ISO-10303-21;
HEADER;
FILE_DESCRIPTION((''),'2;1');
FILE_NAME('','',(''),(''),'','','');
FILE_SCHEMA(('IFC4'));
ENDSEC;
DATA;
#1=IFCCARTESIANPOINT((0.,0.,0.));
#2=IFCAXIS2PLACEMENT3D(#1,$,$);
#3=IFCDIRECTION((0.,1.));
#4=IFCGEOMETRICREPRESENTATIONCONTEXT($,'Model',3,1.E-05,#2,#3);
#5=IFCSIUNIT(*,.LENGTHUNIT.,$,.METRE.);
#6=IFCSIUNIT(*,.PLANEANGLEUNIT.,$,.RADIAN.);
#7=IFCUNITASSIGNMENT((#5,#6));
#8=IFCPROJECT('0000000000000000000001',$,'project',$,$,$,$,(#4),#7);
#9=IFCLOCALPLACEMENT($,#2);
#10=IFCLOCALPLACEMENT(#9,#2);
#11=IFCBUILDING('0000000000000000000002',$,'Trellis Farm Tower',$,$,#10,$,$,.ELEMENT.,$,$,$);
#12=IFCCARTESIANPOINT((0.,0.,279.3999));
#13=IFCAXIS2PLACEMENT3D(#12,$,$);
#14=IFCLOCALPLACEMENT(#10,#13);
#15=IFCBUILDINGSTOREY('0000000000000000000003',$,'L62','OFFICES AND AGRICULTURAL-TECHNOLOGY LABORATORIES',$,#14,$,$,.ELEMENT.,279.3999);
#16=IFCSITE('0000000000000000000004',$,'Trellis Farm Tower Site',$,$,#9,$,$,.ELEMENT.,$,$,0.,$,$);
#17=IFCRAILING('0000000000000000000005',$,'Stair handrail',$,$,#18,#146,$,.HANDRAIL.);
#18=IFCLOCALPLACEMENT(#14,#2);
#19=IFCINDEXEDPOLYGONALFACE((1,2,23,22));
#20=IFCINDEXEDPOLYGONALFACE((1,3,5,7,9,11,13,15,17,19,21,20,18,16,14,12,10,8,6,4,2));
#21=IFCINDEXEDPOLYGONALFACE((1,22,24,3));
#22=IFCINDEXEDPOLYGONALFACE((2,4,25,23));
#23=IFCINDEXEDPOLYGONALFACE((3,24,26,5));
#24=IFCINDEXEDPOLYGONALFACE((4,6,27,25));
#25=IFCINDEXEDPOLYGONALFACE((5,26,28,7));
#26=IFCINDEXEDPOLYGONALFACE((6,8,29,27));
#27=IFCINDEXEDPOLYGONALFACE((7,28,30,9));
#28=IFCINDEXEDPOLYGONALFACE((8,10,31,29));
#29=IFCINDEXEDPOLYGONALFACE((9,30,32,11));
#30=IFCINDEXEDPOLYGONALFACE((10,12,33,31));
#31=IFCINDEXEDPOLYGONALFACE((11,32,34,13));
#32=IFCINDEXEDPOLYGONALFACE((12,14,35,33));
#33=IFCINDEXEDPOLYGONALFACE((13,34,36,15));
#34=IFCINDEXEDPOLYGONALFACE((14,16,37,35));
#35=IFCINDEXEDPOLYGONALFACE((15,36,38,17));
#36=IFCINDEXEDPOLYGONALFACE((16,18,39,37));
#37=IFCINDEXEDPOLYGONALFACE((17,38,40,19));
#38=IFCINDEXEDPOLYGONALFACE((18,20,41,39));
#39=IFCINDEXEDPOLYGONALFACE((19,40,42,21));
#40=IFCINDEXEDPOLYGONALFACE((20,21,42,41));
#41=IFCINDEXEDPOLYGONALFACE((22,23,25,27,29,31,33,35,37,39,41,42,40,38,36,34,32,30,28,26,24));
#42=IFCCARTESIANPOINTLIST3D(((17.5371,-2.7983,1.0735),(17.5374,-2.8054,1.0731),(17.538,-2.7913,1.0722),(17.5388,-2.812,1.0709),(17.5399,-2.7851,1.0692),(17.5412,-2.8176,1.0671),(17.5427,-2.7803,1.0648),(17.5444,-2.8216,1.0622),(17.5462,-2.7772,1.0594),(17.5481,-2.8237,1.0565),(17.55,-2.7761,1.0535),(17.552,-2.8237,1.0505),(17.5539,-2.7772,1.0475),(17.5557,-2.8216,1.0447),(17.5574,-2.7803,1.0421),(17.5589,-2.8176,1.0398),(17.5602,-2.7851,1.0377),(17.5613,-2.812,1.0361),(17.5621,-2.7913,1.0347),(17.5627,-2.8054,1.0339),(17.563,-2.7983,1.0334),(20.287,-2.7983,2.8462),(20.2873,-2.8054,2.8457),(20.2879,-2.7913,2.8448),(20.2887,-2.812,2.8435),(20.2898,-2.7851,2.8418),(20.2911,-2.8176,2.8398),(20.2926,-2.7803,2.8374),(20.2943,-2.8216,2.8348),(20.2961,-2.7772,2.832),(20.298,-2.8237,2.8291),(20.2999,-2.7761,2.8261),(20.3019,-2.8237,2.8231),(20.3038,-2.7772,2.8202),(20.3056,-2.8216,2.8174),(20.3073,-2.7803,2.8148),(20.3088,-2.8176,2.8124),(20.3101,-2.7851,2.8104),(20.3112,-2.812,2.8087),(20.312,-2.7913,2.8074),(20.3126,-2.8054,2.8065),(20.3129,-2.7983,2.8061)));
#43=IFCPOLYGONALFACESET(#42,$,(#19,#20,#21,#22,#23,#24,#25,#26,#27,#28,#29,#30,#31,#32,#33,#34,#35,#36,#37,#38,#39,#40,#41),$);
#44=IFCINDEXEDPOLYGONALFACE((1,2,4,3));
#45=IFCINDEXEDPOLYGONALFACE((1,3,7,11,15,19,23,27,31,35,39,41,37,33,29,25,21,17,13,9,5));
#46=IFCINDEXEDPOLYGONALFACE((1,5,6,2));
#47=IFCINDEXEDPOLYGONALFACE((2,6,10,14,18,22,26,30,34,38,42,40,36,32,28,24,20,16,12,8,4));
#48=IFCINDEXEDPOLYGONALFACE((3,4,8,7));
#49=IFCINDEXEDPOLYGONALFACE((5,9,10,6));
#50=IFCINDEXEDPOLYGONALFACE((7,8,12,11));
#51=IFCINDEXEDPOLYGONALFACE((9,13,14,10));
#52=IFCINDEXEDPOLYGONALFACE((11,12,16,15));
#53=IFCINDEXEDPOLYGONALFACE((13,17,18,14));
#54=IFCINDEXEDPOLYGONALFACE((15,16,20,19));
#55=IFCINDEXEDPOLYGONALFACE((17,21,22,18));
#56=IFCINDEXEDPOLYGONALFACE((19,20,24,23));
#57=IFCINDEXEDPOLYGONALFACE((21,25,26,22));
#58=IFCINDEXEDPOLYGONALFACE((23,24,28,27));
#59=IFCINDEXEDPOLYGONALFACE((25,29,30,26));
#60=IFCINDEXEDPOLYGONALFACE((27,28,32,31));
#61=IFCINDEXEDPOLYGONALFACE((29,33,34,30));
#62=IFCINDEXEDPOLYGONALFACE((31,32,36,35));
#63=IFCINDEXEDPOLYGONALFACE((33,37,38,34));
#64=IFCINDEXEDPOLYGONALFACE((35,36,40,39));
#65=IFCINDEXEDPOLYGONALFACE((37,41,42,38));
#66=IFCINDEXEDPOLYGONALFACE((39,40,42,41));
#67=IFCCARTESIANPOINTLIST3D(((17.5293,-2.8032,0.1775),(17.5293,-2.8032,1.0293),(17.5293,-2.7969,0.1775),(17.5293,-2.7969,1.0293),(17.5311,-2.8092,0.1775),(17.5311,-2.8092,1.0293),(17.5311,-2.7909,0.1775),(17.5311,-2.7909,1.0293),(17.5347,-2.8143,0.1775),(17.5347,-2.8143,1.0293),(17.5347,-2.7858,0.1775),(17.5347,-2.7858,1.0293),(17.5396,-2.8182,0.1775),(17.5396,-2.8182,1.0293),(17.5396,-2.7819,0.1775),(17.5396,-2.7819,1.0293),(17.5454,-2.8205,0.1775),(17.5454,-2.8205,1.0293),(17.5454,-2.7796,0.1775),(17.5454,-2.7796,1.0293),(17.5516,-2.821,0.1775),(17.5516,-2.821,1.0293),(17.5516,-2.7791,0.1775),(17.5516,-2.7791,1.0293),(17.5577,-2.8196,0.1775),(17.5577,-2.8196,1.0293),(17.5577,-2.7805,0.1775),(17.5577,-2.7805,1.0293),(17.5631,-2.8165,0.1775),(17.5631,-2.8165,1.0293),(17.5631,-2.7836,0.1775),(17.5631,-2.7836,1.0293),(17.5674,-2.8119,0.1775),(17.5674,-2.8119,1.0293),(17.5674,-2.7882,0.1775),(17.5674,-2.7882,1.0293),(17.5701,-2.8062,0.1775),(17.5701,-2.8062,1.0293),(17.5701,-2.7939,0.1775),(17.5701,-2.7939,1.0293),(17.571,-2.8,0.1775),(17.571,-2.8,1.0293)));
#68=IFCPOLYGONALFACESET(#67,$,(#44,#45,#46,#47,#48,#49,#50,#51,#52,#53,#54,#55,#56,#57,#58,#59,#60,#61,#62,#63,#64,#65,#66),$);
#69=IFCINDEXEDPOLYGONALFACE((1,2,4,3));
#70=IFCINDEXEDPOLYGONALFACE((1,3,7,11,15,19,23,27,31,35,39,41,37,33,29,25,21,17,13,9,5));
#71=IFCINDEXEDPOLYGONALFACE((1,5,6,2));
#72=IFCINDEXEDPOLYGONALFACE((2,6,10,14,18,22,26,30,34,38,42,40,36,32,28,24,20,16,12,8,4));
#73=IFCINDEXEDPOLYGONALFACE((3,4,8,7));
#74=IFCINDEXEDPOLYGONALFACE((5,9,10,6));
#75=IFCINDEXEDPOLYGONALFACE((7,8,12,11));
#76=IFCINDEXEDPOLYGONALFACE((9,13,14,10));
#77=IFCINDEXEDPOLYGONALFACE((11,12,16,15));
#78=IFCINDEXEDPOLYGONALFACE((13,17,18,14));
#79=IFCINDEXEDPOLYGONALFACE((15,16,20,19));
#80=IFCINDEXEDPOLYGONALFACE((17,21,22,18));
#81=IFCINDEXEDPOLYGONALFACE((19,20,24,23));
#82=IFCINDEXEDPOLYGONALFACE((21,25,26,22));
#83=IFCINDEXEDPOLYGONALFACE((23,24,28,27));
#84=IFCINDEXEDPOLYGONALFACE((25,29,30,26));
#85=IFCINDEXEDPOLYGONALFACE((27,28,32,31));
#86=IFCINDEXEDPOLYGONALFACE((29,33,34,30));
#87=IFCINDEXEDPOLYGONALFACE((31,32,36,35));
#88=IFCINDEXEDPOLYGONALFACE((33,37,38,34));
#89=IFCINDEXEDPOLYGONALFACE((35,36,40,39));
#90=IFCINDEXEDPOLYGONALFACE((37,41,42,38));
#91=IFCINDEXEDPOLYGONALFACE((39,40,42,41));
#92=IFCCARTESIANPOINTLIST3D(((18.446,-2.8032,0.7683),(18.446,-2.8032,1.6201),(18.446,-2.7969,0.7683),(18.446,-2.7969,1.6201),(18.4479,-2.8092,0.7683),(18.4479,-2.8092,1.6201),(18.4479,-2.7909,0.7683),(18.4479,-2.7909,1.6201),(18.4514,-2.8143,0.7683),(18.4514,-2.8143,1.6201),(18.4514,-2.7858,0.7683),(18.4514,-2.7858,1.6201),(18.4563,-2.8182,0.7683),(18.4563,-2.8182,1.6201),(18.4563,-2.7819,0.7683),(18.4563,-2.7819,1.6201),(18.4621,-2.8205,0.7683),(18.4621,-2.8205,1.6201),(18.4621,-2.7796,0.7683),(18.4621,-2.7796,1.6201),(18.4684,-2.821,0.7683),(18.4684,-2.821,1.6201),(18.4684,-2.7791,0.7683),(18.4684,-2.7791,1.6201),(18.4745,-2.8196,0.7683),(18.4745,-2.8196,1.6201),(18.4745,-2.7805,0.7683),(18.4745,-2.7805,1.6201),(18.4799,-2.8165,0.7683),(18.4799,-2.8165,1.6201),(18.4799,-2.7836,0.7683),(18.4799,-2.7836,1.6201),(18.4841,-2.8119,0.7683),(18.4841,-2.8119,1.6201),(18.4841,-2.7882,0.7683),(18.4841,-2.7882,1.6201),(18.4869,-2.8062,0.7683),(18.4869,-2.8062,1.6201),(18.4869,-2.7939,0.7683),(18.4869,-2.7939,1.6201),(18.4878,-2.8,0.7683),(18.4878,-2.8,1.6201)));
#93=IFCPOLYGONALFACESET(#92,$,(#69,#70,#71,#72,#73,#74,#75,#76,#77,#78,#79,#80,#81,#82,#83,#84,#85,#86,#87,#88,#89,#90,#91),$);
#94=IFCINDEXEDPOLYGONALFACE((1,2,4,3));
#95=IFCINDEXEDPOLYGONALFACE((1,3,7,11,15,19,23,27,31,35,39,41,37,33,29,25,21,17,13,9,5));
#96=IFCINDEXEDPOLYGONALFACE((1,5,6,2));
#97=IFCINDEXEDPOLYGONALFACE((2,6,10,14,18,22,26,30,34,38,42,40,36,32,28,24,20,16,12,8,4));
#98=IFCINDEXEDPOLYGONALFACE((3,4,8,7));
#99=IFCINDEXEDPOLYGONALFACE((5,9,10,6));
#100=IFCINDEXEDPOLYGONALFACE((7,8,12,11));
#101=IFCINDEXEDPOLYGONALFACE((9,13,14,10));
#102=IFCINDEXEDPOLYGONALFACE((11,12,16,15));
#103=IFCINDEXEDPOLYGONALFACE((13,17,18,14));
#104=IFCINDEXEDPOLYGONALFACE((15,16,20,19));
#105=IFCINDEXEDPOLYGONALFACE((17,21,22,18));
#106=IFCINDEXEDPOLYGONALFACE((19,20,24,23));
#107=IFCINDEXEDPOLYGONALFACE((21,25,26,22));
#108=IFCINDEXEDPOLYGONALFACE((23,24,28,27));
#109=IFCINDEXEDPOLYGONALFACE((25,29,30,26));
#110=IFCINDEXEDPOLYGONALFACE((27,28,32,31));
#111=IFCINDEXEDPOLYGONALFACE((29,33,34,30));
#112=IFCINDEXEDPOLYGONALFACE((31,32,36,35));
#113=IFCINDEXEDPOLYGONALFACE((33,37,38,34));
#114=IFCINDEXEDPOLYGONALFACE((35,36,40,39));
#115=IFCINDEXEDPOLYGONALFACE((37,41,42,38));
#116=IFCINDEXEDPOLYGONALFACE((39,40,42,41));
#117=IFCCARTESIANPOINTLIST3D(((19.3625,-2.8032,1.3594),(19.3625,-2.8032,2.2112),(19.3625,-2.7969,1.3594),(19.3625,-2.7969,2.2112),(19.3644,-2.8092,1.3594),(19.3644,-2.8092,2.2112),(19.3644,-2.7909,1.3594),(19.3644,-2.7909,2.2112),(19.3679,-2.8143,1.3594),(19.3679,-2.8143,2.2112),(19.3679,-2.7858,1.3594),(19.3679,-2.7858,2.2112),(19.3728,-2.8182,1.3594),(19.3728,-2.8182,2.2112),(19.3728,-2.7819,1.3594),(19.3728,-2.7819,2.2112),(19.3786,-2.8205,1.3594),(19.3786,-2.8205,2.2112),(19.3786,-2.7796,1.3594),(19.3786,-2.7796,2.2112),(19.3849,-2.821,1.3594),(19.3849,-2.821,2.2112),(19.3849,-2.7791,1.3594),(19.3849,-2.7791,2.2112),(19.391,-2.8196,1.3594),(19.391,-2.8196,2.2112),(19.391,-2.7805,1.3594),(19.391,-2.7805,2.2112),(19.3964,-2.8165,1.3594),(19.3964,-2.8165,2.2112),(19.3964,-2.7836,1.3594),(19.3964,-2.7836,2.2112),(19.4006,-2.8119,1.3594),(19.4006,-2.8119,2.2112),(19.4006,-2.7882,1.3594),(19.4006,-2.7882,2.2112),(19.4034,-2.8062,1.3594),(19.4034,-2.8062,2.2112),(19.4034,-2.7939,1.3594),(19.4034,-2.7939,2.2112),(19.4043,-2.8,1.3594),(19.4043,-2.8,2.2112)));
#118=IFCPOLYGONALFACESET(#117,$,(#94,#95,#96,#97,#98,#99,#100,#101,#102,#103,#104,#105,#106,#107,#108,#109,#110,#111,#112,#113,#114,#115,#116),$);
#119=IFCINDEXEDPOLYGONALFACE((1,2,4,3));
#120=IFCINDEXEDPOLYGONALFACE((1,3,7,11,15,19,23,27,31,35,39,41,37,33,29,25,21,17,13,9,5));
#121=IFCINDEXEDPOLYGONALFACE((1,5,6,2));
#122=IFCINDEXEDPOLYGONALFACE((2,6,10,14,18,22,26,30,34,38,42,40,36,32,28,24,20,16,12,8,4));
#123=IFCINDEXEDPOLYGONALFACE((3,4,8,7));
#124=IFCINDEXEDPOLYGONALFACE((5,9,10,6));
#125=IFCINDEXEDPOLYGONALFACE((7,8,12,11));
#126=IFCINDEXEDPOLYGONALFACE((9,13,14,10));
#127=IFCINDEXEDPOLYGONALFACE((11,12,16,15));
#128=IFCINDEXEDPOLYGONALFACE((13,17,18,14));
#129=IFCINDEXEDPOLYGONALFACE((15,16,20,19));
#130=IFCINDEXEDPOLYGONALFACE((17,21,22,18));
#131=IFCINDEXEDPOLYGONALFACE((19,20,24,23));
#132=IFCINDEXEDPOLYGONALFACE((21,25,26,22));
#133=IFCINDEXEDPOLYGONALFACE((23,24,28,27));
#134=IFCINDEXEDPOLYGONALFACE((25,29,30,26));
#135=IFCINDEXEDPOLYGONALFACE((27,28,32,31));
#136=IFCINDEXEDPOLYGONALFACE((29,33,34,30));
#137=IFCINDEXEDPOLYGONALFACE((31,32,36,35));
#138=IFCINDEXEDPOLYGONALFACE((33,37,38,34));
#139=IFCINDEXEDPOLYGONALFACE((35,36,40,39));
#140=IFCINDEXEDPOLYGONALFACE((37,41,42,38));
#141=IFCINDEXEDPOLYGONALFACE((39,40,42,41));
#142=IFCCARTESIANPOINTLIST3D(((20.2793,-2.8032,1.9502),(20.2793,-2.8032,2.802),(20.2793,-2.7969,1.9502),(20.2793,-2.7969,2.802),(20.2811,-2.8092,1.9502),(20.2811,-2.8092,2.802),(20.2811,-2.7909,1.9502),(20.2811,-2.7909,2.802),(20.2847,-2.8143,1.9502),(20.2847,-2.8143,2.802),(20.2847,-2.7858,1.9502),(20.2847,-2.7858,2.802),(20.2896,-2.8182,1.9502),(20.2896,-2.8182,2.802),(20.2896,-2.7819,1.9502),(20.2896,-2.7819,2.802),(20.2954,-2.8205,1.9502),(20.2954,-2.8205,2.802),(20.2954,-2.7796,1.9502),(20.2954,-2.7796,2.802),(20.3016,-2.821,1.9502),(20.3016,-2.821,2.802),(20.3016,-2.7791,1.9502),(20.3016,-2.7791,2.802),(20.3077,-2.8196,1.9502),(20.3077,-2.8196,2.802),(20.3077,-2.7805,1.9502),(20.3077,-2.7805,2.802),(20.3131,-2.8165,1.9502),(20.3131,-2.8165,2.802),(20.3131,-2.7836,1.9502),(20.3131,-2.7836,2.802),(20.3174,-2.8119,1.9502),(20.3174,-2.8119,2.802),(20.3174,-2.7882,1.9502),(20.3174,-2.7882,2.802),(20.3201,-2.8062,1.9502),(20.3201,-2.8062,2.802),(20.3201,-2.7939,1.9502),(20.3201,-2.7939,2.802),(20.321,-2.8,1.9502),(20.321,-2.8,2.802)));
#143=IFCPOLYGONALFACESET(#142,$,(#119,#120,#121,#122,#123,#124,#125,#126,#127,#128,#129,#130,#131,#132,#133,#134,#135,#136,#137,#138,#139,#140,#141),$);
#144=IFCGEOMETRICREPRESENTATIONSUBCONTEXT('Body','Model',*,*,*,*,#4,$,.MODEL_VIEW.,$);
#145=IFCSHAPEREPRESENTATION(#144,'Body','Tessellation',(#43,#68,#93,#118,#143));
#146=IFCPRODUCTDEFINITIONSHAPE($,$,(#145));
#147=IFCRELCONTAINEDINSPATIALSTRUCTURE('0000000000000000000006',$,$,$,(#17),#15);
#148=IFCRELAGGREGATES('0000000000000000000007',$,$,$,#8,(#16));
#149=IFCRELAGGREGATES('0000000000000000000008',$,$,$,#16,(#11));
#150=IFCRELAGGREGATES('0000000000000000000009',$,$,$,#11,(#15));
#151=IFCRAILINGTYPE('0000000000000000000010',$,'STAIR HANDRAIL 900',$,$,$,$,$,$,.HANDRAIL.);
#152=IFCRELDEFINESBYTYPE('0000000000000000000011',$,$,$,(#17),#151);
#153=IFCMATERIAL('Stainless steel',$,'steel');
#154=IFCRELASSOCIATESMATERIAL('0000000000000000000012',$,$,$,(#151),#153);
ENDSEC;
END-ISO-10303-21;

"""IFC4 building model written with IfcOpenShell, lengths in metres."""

from ifc_helpers import new_model, si_unit, direction, frame, origin, origin_2d, place, context, subcontext, project, spatial, circle, extrude, source, transform, mapped, material, type_object, element, save


model = new_model("IFC4")

# Units and contexts
model_context = context("Model", 3, precision=1e-05, world=origin(), true_north=direction((0.0, 1.0)))
body_context = subcontext(model_context, "Body", "Model", "MODEL_VIEW")
ifc_project = project(units=[si_unit("LENGTHUNIT", "METRE"), si_unit("PLANEANGLEUNIT", "RADIAN")], contexts=[model_context])

# Site, building, storey
site_placement = place(None, origin())
site = spatial("IfcSite", under=ifc_project, at=site_placement, Name="Trellis Farm Tower Site", CompositionType="ELEMENT", RefElevation=0.0)
building_placement = place(site_placement, origin())
building = spatial("IfcBuilding", under=site, at=building_placement, Name="Trellis Farm Tower", CompositionType="ELEMENT")
storey_placement = place(building_placement, frame((0.0, 0.0, 279.3999)))
storey = spatial("IfcBuildingStorey", under=building, at=storey_placement, Name="L62", Description="OFFICES AND AGRICULTURAL-TECHNOLOGY LABORATORIES", CompositionType="ELEMENT", Elevation=279.3999)

# Railing
ifc_material_1 = material(Name="Stainless steel", Category="steel")
railing_type = type_object("IfcRailingType", Name="STAIR HANDRAIL 900", PredefinedType="HANDRAIL", material=ifc_material_1)
shared_shape_1 = source(origin(), body_context, "Body", "SweptSolid", [
    extrude(circle(Radius=0.0239, at=origin_2d()), frame((0.0, 0.0, 0.876), z_axis=(0.840504, 0.0, 0.541806), x_axis=(0.0, 1.0, 0.0)), (0.0, 0.0, 1.0), 3.2717),
    extrude(circle(Radius=0.021, at=origin_2d()), origin(), (0.0, 0.0, 1.0), 0.8518),
    extrude(circle(Radius=0.021, at=origin_2d()), frame((0.9167, 0.0, 0.5908)), (0.0, 0.0, 1.0), 0.8518),
    extrude(circle(Radius=0.021, at=origin_2d()), frame((1.8333, 0.0, 1.1819)), (0.0, 0.0, 1.0), 0.8518),
    extrude(circle(Radius=0.021, at=origin_2d()), frame((2.75, 0.0, 1.7727)), (0.0, 0.0, 1.0), 0.8518),
])
railing_placement = place(storey_placement, frame((17.55, -2.8, 0.1775)))
element("IfcRailing", 1, at=railing_placement, inside=storey, type_object=railing_type, Name="Stair handrail", PredefinedType="HANDRAIL", context=body_context, shape_type="MappedRepresentation", body=[
    mapped(shared_shape_1, transform((0.0, 0.0, 0.0))),
])

save(model, "model.ifc")
